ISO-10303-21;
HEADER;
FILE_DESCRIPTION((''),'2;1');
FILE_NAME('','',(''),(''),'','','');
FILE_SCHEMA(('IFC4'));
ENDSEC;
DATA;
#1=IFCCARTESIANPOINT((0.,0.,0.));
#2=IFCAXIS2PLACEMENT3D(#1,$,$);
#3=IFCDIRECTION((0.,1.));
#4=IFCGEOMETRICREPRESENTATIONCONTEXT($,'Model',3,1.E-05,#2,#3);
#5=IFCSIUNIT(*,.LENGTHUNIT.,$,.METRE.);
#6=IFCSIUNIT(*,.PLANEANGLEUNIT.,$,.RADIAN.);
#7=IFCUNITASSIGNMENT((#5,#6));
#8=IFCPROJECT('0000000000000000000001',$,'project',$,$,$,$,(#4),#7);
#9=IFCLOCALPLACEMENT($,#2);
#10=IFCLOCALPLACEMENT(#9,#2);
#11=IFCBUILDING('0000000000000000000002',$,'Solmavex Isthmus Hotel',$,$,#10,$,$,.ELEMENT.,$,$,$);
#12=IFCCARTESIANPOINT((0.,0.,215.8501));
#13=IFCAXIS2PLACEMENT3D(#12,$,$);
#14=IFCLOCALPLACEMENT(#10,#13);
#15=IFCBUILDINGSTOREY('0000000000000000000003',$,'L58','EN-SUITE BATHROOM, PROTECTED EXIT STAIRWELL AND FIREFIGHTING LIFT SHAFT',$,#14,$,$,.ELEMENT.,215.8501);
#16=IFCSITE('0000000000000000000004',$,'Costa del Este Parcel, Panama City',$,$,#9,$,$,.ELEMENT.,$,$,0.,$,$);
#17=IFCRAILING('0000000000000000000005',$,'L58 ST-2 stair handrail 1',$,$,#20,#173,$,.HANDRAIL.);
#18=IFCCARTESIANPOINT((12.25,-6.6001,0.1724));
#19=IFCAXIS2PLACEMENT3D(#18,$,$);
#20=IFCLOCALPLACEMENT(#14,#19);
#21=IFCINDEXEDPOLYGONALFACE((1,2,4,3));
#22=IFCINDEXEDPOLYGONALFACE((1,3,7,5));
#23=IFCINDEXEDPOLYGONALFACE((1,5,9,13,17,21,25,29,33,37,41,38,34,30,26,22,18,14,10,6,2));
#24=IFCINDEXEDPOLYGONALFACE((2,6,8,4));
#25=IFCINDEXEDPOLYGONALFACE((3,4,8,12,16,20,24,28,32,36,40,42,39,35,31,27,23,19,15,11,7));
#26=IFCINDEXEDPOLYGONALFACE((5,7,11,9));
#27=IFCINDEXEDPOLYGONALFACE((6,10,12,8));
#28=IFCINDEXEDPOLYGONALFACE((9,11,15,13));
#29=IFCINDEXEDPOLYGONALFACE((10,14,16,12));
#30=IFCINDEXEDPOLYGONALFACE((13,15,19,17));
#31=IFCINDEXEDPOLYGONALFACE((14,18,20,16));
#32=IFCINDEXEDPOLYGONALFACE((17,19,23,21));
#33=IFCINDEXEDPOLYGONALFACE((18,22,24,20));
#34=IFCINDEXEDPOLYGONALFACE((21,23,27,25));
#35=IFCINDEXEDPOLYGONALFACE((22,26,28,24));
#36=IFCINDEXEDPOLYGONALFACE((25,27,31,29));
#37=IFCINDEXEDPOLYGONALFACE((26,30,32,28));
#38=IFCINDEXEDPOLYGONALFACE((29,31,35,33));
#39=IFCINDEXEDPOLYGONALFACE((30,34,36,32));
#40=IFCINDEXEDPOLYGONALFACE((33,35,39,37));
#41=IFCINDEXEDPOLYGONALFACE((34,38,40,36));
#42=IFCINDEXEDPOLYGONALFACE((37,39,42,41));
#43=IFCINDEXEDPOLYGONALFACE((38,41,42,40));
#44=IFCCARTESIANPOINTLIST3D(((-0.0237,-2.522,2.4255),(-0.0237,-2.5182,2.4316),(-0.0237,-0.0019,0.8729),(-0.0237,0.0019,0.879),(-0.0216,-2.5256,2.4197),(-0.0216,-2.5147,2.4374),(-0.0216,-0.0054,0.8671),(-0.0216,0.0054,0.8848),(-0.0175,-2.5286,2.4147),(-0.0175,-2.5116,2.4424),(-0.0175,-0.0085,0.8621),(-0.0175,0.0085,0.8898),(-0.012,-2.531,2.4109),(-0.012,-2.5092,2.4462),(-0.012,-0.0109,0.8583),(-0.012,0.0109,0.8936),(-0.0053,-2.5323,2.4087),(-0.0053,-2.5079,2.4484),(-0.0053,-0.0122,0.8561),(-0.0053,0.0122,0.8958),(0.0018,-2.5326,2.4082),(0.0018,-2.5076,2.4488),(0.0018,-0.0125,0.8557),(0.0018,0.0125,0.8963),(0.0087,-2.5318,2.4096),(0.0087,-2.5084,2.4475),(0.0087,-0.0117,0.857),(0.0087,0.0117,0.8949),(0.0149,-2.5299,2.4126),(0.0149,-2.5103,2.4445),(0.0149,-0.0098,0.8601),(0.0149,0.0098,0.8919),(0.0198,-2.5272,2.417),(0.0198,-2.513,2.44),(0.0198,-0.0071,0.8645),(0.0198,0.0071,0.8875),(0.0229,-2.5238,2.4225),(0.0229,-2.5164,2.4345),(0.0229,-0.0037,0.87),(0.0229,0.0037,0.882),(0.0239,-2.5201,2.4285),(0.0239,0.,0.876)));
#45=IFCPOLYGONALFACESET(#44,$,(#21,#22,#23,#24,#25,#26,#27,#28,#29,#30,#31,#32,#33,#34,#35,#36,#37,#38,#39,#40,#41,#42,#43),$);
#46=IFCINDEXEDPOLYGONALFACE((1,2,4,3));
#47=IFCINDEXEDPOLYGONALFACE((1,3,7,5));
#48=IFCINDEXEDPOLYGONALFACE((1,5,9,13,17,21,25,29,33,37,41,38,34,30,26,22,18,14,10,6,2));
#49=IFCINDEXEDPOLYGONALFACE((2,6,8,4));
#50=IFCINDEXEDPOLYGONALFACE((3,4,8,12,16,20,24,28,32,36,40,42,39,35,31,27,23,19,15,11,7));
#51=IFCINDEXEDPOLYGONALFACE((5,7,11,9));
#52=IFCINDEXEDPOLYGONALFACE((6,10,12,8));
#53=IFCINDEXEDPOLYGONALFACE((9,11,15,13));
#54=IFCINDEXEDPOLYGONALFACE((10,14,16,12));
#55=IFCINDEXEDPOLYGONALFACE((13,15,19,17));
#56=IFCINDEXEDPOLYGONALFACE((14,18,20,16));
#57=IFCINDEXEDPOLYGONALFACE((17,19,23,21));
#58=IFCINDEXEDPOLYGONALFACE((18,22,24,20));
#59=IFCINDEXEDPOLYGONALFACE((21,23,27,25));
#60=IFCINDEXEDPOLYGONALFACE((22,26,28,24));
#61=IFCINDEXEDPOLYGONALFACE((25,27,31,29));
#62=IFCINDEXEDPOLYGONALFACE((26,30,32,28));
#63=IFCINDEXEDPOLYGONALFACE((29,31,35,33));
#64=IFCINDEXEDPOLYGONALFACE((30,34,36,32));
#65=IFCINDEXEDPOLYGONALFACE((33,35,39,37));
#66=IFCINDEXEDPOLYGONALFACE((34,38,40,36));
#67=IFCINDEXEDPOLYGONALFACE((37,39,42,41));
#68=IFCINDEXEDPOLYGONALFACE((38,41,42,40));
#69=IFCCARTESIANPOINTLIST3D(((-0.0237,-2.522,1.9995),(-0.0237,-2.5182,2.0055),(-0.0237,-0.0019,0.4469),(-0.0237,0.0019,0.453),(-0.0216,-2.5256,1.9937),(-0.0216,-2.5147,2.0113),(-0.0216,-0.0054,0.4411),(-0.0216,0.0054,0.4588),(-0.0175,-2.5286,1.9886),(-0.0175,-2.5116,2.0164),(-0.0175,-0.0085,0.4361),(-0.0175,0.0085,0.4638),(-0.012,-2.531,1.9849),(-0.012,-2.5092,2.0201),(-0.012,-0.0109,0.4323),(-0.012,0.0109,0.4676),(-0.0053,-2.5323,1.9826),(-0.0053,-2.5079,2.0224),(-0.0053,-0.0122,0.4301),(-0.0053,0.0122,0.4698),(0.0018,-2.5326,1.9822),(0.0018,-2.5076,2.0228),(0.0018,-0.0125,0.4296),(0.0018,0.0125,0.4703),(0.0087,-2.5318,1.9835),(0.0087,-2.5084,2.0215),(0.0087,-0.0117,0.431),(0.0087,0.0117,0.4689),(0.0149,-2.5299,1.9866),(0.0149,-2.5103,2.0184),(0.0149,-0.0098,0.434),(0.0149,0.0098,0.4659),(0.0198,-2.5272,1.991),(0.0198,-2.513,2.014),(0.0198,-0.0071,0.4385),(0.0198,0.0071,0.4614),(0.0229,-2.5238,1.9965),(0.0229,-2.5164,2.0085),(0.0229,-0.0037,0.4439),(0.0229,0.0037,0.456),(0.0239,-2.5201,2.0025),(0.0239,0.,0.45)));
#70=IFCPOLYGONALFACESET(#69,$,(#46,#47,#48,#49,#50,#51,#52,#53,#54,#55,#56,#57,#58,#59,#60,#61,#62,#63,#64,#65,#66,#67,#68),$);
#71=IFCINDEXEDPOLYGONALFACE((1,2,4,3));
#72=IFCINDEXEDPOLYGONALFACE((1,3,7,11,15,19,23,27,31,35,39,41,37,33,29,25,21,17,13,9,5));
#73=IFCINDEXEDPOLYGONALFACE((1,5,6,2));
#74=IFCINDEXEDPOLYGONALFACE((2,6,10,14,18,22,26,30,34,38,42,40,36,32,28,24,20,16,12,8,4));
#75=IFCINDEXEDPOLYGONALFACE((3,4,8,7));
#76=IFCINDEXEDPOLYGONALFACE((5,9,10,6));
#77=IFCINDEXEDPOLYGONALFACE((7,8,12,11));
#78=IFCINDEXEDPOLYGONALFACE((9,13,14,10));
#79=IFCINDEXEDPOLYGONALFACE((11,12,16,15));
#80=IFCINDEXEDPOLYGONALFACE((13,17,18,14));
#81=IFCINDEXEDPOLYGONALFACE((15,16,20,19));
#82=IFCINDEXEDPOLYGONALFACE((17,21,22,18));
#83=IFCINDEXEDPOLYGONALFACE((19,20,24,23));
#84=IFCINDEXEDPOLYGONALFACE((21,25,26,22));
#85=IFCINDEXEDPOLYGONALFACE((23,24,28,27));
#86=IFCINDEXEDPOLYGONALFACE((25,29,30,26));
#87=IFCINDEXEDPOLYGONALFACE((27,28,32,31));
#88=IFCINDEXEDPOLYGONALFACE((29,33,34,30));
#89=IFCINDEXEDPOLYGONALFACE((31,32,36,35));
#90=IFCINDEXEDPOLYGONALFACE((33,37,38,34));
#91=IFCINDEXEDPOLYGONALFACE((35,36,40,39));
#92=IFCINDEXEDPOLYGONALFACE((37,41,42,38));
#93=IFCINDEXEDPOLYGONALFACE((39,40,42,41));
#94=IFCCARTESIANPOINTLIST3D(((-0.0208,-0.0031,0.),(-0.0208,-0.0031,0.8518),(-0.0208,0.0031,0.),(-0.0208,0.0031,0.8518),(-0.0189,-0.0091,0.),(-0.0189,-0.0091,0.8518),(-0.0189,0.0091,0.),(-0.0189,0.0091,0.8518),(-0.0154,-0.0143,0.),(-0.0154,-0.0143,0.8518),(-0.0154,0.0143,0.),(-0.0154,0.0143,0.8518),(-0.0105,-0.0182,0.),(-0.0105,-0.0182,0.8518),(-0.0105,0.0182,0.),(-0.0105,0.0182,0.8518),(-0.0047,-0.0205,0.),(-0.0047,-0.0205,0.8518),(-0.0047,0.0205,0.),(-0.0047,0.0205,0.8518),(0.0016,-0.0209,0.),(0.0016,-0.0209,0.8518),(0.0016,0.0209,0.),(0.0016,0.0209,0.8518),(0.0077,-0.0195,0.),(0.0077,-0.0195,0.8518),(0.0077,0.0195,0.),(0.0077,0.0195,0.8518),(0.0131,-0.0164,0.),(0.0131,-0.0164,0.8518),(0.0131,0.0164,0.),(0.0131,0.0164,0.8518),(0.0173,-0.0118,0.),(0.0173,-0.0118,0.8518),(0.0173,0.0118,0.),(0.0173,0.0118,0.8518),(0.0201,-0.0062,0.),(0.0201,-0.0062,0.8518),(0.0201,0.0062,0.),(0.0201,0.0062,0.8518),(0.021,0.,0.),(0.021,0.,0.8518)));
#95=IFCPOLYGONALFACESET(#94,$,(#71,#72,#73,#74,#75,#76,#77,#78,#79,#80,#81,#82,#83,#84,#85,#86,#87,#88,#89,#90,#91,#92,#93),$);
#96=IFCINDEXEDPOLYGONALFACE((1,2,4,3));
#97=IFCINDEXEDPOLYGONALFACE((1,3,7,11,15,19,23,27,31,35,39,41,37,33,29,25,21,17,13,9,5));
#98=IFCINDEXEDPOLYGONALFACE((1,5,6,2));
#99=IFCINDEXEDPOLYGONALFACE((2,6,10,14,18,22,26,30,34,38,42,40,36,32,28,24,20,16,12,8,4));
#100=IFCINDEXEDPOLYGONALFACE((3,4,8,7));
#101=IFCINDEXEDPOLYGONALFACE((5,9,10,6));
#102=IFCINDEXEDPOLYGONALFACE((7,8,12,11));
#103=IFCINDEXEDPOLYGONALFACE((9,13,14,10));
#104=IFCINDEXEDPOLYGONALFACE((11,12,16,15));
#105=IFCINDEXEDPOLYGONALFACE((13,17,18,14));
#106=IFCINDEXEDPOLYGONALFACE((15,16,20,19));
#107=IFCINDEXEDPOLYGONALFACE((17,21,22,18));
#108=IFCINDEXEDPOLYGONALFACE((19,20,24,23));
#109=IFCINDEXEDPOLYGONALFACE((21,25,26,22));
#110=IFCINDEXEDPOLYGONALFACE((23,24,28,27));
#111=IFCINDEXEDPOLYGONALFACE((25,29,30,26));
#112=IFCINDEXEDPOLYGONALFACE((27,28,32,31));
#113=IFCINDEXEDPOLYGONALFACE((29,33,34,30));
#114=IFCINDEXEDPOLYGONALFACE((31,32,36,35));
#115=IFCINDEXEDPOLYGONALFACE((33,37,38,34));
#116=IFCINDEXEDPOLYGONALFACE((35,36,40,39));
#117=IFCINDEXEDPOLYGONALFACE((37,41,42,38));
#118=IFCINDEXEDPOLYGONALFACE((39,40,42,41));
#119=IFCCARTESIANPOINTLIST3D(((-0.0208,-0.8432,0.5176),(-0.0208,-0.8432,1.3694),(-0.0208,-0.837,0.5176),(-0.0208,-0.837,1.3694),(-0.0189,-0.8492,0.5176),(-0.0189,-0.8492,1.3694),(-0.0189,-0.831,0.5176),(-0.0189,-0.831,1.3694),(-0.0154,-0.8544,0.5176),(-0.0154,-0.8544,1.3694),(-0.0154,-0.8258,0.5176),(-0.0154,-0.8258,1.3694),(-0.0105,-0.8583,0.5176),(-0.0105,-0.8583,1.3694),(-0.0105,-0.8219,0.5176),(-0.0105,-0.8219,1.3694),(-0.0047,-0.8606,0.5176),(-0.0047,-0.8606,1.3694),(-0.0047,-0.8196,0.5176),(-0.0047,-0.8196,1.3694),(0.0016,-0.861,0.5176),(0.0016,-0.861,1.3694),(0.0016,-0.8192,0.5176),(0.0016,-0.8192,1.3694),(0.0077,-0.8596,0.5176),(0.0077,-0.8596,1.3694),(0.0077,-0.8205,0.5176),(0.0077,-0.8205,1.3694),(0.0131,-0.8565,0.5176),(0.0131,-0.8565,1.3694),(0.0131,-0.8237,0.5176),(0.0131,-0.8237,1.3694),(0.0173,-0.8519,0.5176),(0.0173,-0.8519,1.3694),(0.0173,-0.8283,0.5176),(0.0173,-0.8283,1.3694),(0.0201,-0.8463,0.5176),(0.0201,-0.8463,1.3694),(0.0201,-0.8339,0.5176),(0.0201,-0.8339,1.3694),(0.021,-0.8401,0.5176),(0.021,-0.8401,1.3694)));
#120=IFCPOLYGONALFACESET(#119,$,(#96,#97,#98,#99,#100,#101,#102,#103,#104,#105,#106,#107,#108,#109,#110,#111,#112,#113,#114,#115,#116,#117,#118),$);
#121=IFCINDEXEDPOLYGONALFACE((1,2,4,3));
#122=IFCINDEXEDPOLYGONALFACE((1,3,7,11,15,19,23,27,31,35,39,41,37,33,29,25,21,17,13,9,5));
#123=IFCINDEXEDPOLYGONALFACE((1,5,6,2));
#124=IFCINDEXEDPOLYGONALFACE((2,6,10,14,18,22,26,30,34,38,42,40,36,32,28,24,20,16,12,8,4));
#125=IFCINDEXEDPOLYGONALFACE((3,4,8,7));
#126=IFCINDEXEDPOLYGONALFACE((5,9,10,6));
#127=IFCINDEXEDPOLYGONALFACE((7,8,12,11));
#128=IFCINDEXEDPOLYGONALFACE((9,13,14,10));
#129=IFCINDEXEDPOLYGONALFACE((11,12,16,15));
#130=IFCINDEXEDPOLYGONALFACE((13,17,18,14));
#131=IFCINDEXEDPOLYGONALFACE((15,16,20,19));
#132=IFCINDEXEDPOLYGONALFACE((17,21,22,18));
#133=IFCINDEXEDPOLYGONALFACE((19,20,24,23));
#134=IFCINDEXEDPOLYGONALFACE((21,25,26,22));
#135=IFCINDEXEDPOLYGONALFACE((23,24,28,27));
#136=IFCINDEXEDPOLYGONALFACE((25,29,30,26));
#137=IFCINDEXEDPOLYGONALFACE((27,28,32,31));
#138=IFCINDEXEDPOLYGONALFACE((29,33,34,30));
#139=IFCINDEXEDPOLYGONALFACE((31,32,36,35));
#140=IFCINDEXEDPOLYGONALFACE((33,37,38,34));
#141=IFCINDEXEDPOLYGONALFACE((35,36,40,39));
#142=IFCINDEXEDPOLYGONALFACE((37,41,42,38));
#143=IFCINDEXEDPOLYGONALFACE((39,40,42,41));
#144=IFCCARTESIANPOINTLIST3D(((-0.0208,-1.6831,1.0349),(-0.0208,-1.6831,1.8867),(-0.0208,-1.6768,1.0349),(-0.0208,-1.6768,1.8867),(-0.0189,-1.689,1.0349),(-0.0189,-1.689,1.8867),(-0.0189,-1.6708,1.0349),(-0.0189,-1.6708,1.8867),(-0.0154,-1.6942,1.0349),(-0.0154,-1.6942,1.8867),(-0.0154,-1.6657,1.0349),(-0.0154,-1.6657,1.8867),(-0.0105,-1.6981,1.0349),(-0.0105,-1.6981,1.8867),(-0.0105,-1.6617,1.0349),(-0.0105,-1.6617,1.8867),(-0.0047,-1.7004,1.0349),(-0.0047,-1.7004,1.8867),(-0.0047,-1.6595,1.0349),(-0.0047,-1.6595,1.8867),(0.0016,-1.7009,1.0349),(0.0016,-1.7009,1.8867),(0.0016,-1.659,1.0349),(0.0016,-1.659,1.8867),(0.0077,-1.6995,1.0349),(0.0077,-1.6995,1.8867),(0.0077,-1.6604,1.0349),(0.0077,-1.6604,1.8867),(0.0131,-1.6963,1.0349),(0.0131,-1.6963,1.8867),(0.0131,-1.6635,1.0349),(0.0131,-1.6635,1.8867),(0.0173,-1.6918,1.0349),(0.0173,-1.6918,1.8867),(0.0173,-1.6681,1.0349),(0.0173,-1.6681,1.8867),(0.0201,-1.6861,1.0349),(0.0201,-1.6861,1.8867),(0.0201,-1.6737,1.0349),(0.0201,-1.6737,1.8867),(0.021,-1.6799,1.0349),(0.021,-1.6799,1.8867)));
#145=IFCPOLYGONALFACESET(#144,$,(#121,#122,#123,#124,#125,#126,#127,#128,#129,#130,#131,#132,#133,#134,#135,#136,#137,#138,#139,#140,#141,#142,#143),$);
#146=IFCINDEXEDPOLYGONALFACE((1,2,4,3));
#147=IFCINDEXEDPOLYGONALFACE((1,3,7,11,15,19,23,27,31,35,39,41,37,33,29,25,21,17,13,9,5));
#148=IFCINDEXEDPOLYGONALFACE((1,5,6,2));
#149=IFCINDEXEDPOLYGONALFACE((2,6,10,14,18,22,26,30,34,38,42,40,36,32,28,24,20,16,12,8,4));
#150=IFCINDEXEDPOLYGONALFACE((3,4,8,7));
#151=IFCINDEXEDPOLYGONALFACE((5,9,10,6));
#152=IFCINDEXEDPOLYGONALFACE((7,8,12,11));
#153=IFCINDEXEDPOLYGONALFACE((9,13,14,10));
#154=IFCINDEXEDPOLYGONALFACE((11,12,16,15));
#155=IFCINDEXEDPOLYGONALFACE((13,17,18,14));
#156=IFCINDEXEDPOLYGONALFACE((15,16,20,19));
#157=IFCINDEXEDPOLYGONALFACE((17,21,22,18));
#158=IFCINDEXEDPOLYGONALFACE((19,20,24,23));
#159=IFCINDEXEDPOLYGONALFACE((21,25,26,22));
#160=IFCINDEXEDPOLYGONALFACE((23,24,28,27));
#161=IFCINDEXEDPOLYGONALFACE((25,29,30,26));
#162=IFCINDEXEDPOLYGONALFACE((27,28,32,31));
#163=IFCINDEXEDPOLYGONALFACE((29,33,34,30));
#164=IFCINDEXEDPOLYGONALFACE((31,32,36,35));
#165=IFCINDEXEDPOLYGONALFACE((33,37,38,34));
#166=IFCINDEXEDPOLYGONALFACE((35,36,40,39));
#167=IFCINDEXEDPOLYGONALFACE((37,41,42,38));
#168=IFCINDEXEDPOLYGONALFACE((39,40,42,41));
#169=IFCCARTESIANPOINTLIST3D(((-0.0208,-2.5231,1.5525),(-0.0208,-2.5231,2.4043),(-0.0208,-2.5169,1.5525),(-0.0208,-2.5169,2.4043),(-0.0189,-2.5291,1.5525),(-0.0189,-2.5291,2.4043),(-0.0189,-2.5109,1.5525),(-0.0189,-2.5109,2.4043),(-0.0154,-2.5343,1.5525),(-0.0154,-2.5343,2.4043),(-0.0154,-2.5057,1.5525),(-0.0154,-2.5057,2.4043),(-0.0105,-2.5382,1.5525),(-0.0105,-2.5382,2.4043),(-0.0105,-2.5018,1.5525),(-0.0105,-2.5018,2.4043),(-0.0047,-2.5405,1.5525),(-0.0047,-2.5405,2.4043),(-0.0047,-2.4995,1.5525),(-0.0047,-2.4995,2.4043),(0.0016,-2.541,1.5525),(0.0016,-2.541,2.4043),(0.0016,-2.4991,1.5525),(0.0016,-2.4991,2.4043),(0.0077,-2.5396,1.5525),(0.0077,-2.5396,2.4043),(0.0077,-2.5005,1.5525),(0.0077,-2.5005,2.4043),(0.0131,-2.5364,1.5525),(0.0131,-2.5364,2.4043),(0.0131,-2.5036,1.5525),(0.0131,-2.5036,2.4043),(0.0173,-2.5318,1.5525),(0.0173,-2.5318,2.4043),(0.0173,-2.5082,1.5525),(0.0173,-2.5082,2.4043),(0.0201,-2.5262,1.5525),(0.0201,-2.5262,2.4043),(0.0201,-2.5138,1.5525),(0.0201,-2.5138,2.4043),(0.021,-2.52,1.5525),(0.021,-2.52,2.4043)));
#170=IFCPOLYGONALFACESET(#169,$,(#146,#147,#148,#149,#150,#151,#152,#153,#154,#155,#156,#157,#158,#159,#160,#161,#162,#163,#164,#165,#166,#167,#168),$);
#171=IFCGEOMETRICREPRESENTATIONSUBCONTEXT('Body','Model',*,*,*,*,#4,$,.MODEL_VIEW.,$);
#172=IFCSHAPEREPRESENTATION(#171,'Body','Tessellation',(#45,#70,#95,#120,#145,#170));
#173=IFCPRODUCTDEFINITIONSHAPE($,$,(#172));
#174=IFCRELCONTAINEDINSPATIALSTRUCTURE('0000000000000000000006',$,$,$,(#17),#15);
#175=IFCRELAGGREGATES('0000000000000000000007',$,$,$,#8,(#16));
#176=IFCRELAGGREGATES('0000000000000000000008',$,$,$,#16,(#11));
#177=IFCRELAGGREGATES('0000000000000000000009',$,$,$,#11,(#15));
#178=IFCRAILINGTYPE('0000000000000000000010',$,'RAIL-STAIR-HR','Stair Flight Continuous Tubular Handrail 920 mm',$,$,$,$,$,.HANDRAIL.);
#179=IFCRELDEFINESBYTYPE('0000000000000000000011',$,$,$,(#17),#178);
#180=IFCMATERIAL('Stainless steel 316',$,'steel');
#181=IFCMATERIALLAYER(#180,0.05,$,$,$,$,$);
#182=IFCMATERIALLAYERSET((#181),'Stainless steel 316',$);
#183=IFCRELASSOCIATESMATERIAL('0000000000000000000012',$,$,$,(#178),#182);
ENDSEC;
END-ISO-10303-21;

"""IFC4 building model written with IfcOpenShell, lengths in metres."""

from ifc_helpers import new_model, si_unit, direction, frame, origin, origin_2d, place, context, subcontext, project, spatial, circle, extrude, material, layer, layer_set, type_object, element, save


model = new_model("IFC4")

# Units and contexts
model_context = context("Model", 3, precision=1e-05, world=origin(), true_north=direction((0.0, 1.0)))
body_context = subcontext(model_context, "Body", "Model", "MODEL_VIEW")
ifc_project = project(units=[si_unit("LENGTHUNIT", "METRE"), si_unit("PLANEANGLEUNIT", "RADIAN")], contexts=[model_context])

# Site, building, storey
site_placement = place(None, origin())
site = spatial("IfcSite", under=ifc_project, at=site_placement, Name="Costa del Este Parcel, Panama City", CompositionType="ELEMENT", RefElevation=0.0)
building_placement = place(site_placement, origin())
building = spatial("IfcBuilding", under=site, at=building_placement, Name="Solmavex Isthmus Hotel", CompositionType="ELEMENT")
storey_placement = place(building_placement, frame((0.0, 0.0, 215.8501)))
storey = spatial("IfcBuildingStorey", under=building, at=storey_placement, Name="L58", Description="EN-SUITE BATHROOM, PROTECTED EXIT STAIRWELL AND FIREFIGHTING LIFT SHAFT", CompositionType="ELEMENT", Elevation=215.8501)

# Shared definitions
ifc_material_1 = material(Name="Stainless steel 316", Category="steel")

# Railing
ifc_layer_1 = layer(ifc_material_1, 0.05)
ifc_layer_set_1 = layer_set([ifc_layer_1], Name="Stainless steel 316")
railing_type_1 = type_object("IfcRailingType", Name="RAIL-STAIR-HR", Description="Stair Flight Continuous Tubular Handrail 920 mm", PredefinedType="HANDRAIL", material=ifc_layer_set_1)
railing_1_placement = place(storey_placement, frame((12.25, -6.6001, 0.1724)))
element("IfcRailing", 1, at=railing_1_placement, inside=storey, type_object=railing_type_1, Name="L58 ST-2 stair handrail 1", PredefinedType="HANDRAIL", context=body_context, shape_type="SweptSolid", body=[
    extrude(circle(Radius=0.0239, at=origin_2d()), frame((0.0, 0.0, 0.876), z_axis=(0.0, -0.8514, 0.524516), x_axis=(1.0, 0.0, 0.0)), (0.0, 0.0, 1.0), 2.96),
    extrude(circle(Radius=0.0239, at=origin_2d()), frame((0.0, 0.0, 0.45), z_axis=(0.0, -0.8514, 0.524516), x_axis=(1.0, 0.0, 0.0)), (0.0, 0.0, 1.0), 2.96),
    extrude(circle(Radius=0.021, at=origin_2d()), origin(), (0.0, 0.0, 1.0), 0.8518),
    extrude(circle(Radius=0.021, at=origin_2d()), frame((0.0, -0.8401, 0.5176)), (0.0, 0.0, 1.0), 0.8518),
    extrude(circle(Radius=0.021, at=origin_2d()), frame((0.0, -1.6799, 1.0349)), (0.0, 0.0, 1.0), 0.8518),
    extrude(circle(Radius=0.021, at=origin_2d()), frame((0.0, -2.52, 1.5525)), (0.0, 0.0, 1.0), 0.8518),
])

save(model, "model.ifc")
